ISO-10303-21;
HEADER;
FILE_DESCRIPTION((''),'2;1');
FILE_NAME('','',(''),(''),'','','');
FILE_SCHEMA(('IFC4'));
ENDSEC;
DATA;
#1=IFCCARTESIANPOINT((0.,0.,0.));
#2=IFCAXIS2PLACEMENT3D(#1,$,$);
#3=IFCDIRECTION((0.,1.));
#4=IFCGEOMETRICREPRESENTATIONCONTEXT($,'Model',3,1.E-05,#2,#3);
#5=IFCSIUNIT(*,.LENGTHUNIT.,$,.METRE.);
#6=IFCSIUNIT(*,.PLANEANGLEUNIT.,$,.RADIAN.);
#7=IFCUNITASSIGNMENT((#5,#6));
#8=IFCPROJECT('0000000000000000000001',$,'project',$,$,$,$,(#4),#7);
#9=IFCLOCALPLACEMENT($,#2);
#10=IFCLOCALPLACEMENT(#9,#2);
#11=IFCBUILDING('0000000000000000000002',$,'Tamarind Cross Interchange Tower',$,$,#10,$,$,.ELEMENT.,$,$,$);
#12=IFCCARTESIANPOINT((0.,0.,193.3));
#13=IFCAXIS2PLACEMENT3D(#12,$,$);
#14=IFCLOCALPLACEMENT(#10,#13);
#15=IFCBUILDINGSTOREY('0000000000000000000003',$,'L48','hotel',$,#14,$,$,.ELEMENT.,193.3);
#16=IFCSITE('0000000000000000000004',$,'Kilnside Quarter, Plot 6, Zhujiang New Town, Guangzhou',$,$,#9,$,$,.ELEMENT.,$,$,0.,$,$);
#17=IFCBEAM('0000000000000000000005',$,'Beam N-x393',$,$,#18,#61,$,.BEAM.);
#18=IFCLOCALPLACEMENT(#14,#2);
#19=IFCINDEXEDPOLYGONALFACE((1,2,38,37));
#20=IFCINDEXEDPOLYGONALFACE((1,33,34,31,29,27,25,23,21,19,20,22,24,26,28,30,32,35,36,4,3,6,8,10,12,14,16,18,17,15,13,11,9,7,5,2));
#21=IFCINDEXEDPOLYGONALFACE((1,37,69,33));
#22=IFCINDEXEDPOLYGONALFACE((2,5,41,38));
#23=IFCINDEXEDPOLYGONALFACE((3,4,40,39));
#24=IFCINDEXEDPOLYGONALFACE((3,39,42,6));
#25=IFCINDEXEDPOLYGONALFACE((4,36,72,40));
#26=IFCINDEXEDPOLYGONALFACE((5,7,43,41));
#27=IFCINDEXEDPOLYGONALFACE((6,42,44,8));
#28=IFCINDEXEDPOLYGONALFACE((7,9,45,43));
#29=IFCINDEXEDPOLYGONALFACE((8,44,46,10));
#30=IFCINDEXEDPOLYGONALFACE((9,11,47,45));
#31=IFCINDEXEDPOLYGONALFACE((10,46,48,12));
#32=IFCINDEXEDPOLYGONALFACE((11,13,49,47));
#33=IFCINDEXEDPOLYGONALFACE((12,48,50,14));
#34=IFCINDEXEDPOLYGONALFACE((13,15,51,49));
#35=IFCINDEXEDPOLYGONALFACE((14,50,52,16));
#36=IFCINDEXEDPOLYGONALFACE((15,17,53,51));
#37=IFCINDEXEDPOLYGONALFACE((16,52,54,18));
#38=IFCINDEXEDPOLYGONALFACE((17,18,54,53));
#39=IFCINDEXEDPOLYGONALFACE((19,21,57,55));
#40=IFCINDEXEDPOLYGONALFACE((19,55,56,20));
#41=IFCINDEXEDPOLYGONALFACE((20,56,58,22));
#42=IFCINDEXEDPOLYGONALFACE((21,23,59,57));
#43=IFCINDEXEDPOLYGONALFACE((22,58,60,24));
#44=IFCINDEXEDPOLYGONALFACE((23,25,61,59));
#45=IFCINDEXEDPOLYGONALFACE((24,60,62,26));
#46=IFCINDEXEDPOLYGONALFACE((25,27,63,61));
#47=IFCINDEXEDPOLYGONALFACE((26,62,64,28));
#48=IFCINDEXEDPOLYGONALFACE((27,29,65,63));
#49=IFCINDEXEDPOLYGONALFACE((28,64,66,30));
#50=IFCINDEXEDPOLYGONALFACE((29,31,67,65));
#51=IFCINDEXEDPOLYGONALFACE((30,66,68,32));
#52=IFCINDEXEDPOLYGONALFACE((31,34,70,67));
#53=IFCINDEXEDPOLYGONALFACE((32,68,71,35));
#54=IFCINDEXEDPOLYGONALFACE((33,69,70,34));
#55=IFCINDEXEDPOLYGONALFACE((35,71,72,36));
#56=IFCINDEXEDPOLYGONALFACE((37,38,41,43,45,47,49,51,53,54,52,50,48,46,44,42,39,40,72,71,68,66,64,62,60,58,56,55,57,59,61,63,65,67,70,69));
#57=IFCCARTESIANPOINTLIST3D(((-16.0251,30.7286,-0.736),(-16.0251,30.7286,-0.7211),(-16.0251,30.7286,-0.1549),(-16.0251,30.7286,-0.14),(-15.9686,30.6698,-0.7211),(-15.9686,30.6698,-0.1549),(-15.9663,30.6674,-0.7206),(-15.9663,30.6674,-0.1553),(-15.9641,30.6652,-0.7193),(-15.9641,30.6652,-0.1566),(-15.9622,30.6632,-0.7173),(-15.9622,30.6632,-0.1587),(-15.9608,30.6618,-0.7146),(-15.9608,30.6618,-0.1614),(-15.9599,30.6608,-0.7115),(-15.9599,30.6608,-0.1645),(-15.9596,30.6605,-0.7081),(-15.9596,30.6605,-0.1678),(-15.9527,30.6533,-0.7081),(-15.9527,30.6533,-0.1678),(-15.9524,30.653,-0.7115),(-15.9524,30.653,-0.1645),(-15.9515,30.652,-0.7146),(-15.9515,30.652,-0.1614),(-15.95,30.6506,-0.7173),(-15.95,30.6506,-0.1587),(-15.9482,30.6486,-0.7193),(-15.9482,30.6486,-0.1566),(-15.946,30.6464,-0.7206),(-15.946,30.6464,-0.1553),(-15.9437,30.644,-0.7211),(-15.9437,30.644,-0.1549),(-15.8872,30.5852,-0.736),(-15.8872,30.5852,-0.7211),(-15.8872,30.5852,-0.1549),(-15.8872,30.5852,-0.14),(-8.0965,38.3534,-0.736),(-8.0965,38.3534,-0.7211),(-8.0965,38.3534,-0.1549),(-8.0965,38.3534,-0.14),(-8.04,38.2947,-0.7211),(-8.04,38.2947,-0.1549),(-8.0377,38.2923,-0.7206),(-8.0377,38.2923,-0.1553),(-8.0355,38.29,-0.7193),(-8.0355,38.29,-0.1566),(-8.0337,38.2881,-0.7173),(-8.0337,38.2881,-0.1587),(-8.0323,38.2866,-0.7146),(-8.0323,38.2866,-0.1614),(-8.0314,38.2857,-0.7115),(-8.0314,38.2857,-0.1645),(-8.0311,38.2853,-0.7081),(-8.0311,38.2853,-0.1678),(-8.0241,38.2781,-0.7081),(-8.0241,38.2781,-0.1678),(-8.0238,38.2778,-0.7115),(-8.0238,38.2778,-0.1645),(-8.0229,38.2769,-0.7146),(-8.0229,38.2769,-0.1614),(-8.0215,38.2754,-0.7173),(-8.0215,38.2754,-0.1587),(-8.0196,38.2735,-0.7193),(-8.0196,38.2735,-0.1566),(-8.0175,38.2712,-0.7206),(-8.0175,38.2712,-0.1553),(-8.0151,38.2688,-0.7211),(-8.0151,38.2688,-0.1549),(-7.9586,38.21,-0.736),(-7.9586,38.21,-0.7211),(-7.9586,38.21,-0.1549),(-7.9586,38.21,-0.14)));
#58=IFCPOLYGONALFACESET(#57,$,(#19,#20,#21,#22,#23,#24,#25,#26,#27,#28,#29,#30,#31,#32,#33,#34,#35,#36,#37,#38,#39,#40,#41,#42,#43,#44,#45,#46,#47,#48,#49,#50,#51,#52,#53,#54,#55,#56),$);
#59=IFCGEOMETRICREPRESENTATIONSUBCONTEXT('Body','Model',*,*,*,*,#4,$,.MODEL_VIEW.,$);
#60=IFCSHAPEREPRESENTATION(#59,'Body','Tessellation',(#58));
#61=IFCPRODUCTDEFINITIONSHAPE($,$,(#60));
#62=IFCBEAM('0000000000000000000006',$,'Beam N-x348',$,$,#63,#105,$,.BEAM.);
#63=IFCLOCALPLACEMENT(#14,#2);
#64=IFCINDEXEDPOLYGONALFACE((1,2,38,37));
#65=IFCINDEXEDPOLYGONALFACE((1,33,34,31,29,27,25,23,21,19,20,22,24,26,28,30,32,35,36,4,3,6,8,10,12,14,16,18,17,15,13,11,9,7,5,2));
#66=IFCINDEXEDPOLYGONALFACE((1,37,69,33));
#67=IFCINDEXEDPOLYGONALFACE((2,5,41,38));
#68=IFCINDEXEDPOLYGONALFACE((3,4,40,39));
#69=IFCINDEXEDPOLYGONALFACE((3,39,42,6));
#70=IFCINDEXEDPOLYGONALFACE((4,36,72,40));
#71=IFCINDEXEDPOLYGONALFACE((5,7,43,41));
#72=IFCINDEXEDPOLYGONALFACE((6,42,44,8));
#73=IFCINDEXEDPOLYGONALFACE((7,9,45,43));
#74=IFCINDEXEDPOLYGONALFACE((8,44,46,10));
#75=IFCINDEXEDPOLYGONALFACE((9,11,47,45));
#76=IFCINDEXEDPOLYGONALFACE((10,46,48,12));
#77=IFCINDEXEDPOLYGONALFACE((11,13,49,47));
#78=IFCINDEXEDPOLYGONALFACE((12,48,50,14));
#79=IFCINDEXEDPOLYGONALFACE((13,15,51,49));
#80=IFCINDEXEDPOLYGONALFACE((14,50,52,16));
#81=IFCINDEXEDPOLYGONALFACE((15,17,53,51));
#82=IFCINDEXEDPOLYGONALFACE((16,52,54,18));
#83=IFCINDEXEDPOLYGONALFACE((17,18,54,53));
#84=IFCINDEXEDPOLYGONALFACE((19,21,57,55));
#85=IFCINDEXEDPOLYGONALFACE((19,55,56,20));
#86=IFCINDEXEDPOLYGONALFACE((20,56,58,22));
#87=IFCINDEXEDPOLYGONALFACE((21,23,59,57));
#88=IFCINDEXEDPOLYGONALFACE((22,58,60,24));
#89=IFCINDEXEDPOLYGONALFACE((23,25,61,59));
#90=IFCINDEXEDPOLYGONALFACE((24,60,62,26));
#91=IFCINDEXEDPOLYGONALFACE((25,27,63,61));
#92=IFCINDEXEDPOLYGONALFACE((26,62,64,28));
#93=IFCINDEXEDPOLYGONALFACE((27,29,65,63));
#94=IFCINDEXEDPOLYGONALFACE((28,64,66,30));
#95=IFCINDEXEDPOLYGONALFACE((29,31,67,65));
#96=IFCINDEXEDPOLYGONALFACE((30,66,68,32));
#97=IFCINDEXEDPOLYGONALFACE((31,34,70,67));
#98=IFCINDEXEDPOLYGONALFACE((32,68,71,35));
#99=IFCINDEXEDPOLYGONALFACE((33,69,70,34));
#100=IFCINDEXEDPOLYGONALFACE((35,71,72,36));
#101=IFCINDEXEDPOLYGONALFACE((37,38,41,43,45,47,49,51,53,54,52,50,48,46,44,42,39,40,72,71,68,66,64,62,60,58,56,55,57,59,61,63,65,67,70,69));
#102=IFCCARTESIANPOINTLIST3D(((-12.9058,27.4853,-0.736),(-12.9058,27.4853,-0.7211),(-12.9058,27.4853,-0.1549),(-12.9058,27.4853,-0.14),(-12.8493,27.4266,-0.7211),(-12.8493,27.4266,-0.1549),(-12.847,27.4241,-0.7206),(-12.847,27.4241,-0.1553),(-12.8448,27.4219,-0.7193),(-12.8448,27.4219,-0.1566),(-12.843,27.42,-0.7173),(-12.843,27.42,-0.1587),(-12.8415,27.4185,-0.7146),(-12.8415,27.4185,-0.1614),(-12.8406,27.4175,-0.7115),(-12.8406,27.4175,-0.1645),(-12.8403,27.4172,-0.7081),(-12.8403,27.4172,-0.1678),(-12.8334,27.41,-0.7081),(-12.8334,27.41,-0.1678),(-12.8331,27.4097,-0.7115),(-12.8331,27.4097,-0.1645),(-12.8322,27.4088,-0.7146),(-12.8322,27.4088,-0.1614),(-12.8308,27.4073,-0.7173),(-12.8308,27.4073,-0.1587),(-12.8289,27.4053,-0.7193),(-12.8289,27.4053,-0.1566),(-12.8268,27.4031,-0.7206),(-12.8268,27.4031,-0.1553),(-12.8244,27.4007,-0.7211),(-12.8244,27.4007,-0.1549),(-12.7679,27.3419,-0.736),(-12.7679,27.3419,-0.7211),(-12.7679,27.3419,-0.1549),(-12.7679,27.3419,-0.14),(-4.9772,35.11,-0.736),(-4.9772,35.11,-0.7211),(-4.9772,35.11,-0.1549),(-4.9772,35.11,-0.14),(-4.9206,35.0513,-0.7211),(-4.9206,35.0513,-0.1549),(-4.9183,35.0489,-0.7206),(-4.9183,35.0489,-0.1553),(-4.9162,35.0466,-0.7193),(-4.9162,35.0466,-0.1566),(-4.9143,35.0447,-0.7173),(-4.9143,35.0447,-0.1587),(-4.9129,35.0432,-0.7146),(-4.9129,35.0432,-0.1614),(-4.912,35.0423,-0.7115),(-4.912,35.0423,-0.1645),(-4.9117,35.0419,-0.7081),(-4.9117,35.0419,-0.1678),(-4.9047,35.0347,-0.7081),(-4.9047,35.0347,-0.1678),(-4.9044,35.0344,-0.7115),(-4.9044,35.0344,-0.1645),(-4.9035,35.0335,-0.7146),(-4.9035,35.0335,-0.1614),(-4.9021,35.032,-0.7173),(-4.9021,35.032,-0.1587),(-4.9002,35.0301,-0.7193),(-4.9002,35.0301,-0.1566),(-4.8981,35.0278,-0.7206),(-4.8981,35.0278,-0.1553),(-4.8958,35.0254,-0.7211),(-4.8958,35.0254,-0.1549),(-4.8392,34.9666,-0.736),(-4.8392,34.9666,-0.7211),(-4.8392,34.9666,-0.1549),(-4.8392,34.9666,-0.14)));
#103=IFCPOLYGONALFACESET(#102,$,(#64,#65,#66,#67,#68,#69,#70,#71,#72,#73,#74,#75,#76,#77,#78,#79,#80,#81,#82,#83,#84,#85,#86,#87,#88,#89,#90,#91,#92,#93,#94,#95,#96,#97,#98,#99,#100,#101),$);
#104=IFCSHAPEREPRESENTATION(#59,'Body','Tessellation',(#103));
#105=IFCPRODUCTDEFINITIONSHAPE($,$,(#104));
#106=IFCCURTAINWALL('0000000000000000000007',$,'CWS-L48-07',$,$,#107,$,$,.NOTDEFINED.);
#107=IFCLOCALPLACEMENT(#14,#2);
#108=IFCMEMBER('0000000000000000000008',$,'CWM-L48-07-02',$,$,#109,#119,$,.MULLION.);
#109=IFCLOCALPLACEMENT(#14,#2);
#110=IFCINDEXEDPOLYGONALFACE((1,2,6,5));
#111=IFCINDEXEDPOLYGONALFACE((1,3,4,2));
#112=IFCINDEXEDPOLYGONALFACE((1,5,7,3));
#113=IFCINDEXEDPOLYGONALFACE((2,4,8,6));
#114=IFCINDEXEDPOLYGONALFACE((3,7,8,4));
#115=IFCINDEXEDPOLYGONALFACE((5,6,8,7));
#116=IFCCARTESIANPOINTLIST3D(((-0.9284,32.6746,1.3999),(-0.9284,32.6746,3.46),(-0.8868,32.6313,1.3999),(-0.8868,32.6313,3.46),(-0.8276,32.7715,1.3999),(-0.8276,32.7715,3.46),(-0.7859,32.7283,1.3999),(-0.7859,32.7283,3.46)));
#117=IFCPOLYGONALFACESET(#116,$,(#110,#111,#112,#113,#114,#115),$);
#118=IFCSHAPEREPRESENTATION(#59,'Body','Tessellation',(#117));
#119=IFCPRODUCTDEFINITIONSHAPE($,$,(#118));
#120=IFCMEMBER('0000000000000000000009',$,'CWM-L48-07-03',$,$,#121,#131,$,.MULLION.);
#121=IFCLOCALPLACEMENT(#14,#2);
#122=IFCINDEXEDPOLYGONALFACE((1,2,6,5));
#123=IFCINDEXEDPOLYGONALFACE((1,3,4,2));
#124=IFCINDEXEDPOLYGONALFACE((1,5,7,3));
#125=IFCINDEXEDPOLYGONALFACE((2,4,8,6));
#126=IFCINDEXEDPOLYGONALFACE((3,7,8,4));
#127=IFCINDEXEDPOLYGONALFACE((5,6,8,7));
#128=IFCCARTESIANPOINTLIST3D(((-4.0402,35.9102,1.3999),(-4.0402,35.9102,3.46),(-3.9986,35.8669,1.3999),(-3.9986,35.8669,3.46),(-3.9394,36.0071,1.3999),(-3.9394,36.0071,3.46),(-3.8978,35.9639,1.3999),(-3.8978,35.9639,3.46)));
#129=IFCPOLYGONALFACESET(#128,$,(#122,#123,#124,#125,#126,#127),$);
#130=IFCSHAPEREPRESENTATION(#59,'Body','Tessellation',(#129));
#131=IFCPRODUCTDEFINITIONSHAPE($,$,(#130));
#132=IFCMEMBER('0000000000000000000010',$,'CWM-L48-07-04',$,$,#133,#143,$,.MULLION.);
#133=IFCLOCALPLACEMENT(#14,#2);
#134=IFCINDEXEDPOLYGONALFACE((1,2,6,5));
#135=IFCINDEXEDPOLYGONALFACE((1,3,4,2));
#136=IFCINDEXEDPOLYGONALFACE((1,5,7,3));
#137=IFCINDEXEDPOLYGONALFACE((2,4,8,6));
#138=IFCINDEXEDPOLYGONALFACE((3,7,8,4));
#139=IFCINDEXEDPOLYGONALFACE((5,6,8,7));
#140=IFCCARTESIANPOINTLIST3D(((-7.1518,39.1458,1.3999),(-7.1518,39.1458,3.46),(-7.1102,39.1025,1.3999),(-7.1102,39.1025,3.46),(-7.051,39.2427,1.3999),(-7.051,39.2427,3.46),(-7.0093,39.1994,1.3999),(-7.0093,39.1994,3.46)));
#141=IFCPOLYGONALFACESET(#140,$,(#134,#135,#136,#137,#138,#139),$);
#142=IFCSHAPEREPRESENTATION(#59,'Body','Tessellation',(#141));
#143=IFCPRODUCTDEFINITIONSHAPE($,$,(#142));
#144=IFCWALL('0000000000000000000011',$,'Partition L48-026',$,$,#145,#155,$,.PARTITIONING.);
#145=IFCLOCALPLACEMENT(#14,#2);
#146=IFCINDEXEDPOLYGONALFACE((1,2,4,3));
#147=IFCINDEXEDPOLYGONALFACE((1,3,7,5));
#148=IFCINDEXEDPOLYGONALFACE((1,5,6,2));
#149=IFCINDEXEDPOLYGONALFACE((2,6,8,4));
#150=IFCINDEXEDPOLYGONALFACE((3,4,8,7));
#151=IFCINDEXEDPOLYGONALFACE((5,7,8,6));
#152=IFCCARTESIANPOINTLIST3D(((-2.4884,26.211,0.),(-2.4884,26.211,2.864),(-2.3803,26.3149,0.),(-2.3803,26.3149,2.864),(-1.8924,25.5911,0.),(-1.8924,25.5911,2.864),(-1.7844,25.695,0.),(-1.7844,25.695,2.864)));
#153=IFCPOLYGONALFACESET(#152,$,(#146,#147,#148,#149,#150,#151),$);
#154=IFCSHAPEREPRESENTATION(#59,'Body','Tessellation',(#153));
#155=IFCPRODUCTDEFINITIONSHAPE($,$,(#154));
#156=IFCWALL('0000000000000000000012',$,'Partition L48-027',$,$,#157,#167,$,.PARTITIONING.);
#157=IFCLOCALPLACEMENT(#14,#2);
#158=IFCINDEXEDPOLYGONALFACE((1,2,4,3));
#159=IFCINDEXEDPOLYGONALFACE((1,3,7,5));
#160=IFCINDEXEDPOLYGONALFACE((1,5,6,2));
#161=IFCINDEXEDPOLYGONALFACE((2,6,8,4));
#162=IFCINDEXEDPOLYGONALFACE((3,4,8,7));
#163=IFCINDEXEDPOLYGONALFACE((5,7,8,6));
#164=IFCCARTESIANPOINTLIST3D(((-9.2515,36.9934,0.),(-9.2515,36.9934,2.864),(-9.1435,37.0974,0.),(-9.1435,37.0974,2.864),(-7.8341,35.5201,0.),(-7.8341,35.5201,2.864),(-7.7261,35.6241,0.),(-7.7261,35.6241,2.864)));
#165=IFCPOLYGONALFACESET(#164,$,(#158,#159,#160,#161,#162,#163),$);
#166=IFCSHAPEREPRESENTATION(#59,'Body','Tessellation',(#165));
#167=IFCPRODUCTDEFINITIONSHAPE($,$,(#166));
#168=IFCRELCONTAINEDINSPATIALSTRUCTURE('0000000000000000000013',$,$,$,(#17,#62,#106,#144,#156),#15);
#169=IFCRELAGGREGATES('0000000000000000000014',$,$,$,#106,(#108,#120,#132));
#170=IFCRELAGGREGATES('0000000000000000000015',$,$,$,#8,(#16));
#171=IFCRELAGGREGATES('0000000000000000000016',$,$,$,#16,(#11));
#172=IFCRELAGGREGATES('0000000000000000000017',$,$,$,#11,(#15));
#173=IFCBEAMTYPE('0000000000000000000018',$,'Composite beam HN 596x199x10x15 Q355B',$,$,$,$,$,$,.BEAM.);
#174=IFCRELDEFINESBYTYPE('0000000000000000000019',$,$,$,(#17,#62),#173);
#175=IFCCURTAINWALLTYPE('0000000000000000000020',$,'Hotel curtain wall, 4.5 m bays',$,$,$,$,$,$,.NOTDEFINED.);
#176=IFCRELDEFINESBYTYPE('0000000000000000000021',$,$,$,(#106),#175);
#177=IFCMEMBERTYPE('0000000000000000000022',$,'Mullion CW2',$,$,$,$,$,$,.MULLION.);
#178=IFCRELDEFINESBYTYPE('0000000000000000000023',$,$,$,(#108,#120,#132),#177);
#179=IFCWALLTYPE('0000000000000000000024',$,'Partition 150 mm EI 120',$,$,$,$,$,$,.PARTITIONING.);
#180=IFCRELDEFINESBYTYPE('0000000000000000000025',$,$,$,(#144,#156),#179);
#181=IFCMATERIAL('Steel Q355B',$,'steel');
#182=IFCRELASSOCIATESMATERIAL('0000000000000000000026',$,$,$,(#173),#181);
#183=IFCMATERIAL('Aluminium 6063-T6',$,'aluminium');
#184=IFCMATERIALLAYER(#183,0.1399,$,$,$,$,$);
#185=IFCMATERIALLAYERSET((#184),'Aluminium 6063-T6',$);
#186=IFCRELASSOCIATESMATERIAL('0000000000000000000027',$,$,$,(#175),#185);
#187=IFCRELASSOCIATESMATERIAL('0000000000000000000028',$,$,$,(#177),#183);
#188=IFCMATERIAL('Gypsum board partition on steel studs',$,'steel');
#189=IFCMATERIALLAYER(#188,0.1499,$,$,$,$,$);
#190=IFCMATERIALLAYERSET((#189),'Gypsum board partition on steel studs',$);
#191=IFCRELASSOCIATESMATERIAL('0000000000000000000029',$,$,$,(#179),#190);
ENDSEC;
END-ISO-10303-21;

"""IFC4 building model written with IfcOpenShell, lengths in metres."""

from ifc_helpers import new_model, si_unit, direction, frame, frame_2d, origin, origin_2d, place, context, subcontext, project, spatial, rectangle, i_section, extrude, material, layer, layer_set, material_profile, profile_set, type_object, element, aggregate, save


model = new_model("IFC4")

# Units and contexts
model_context = context("Model", 3, precision=1e-05, world=origin(), true_north=direction((0.0, 1.0)))
body_context = subcontext(model_context, "Body", "Model", "MODEL_VIEW")
ifc_project = project(units=[si_unit("LENGTHUNIT", "METRE"), si_unit("PLANEANGLEUNIT", "RADIAN")], contexts=[model_context])

# Site, building, storey
site_placement = place(None, origin())
site = spatial("IfcSite", under=ifc_project, at=site_placement, Name="Kilnside Quarter, Plot 6, Zhujiang New Town, Guangzhou", CompositionType="ELEMENT", RefElevation=0.0)
building_placement = place(site_placement, origin())
building = spatial("IfcBuilding", under=site, at=building_placement, Name="Tamarind Cross Interchange Tower", CompositionType="ELEMENT")
storey_placement = place(building_placement, frame((0.0, 0.0, 193.3)))
storey = spatial("IfcBuildingStorey", under=building, at=storey_placement, Name="L48", Description="hotel", CompositionType="ELEMENT", Elevation=193.3)

# Beams
ifc_material_1 = material(Name="Steel Q355B", Category="steel")
ifc_material_profile_1 = material_profile(ifc_material_1, i_section(OverallWidth=0.199, OverallDepth=0.5959, WebThickness=0.01, FlangeThickness=0.0149, FilletRadius=0.0129, at=origin_2d()), Name="HN 596x199x10x15")
ifc_profile_set_1 = profile_set([ifc_material_profile_1], Name="Steel Q355B")
beam_type_1 = type_object("IfcBeamType", Name="Composite beam HN 596x199x10x15 Q355B", PredefinedType="BEAM", material=ifc_profile_set_1)
for number, where, z_axis, x_axis, name in (
    (1, (-8.0276, 38.2817, -0.438), (-0.720777, -0.693167, 0.0), (0.693167, -0.720777, 0.0), "Beam N-x393"),
    (2, (-4.9082, 35.0383, -0.438), (-0.720788, -0.693156, 0.0), (0.693156, -0.720788, 0.0), "Beam N-x348"),
):
    element("IfcBeam", number, at=place(storey_placement, frame(where, z_axis=z_axis, x_axis=x_axis)), inside=storey, type_object=beam_type_1, Name=name, PredefinedType="BEAM", context=body_context, shape_type="SweptSolid", body=[
        extrude(i_section(OverallWidth=0.199, OverallDepth=0.5959, WebThickness=0.01, FlangeThickness=0.0149, FilletRadius=0.0129, at=origin_2d()), origin(), (0.0, 0.0, 1.0), 11.0),
    ])

# Curtain wall, members
ifc_material_2 = material(Name="Aluminium 6063-T6", Category="aluminium")
ifc_layer_1 = layer(ifc_material_2, 0.1399)
ifc_layer_set_1 = layer_set([ifc_layer_1], Name="Aluminium 6063-T6")
curtain_wall_type = type_object("IfcCurtainWallType", Name="Hotel curtain wall, 4.5 m bays", PredefinedType="NOTDEFINED", material=ifc_layer_set_1)
curtain_wall_placement = place(storey_placement, origin())
curtain_wall = element("IfcCurtainWall", 3, at=curtain_wall_placement, inside=storey, type_object=curtain_wall_type, Name="CWS-L48-07", PredefinedType="NOTDEFINED")
ifc_material_profile_2 = material_profile(ifc_material_2, rectangle(XDim=0.0601, YDim=0.1399, at=origin_2d()), Name="Mullion CW2")
ifc_profile_set_2 = profile_set([ifc_material_profile_2], Name="Aluminium 6063-T6")
member_type = type_object("IfcMemberType", Name="Mullion CW2", PredefinedType="MULLION", material=ifc_profile_set_2)
member_1_placement = place(storey_placement, frame((-0.8572, 32.7014, 1.3999), z_axis=(0.0, 0.0, 1.0), x_axis=(-0.69317, 0.720774, 0.0)))
member_1 = element("IfcMember", 4, at=member_1_placement, type_object=member_type, Name="CWM-L48-07-02", PredefinedType="MULLION", context=body_context, shape_type="SweptSolid", body=[
    extrude(rectangle(XDim=0.0601, YDim=0.1399, at=origin_2d()), origin(), (0.0, 0.0, 1.0), 2.0601),
])
member_2_placement = place(storey_placement, frame((-3.969, 35.937, 1.3999), z_axis=(0.0, 0.0, 1.0), x_axis=(-0.69317, 0.720774, 0.0)))
member_2 = element("IfcMember", 5, at=member_2_placement, type_object=member_type, Name="CWM-L48-07-03", PredefinedType="MULLION", context=body_context, shape_type="SweptSolid", body=[
    extrude(rectangle(XDim=0.0601, YDim=0.1399, at=origin_2d()), origin(), (0.0, 0.0, 1.0), 2.0601),
])
member_3_placement = place(storey_placement, frame((-7.0806, 39.1726, 1.3999), z_axis=(0.0, 0.0, 1.0), x_axis=(-0.69317, 0.720774, 0.0)))
member_3 = element("IfcMember", 6, at=member_3_placement, type_object=member_type, Name="CWM-L48-07-04", PredefinedType="MULLION", context=body_context, shape_type="SweptSolid", body=[
    extrude(rectangle(XDim=0.0601, YDim=0.1399, at=origin_2d()), origin(), (0.0, 0.0, 1.0), 2.0601),
])
aggregate(curtain_wall, [member_1, member_2, member_3])

# Walls
ifc_material_3 = material(Name="Gypsum board partition on steel studs", Category="steel")
ifc_layer_2 = layer(ifc_material_3, 0.1499)
ifc_layer_set_2 = layer_set([ifc_layer_2], Name="Gypsum board partition on steel studs")
wall_type_1 = type_object("IfcWallType", Name="Partition 150 mm EI 120", PredefinedType="PARTITIONING", material=ifc_layer_set_2)
wall_1_placement = place(storey_placement, frame((-2.4343, 26.2629, 0.0), z_axis=(0.0, 0.0, 1.0), x_axis=(0.693058, -0.720882, 0.0)))
element("IfcWall", 7, at=wall_1_placement, inside=storey, type_object=wall_type_1, Name="Partition L48-026", PredefinedType="PARTITIONING", context=body_context, shape_type="SweptSolid", body=[
    extrude(rectangle(XDim=0.8599, YDim=0.1499, at=frame_2d((0.4299, 0.0))), origin(), (0.0, 0.0, 1.0), 2.864),
])
wall_2_placement = place(storey_placement, frame((-9.1975, 37.0454, 0.0), z_axis=(0.0, 0.0, 1.0), x_axis=(0.693302, -0.720647, 0.0)))
element("IfcWall", 8, at=wall_2_placement, inside=storey, type_object=wall_type_1, Name="Partition L48-027", PredefinedType="PARTITIONING", context=body_context, shape_type="SweptSolid", body=[
    extrude(rectangle(XDim=2.0444, YDim=0.1499, at=frame_2d((1.0222, 0.0))), origin(), (0.0, 0.0, 1.0), 2.864),
])

save(model, "model.ifc")
